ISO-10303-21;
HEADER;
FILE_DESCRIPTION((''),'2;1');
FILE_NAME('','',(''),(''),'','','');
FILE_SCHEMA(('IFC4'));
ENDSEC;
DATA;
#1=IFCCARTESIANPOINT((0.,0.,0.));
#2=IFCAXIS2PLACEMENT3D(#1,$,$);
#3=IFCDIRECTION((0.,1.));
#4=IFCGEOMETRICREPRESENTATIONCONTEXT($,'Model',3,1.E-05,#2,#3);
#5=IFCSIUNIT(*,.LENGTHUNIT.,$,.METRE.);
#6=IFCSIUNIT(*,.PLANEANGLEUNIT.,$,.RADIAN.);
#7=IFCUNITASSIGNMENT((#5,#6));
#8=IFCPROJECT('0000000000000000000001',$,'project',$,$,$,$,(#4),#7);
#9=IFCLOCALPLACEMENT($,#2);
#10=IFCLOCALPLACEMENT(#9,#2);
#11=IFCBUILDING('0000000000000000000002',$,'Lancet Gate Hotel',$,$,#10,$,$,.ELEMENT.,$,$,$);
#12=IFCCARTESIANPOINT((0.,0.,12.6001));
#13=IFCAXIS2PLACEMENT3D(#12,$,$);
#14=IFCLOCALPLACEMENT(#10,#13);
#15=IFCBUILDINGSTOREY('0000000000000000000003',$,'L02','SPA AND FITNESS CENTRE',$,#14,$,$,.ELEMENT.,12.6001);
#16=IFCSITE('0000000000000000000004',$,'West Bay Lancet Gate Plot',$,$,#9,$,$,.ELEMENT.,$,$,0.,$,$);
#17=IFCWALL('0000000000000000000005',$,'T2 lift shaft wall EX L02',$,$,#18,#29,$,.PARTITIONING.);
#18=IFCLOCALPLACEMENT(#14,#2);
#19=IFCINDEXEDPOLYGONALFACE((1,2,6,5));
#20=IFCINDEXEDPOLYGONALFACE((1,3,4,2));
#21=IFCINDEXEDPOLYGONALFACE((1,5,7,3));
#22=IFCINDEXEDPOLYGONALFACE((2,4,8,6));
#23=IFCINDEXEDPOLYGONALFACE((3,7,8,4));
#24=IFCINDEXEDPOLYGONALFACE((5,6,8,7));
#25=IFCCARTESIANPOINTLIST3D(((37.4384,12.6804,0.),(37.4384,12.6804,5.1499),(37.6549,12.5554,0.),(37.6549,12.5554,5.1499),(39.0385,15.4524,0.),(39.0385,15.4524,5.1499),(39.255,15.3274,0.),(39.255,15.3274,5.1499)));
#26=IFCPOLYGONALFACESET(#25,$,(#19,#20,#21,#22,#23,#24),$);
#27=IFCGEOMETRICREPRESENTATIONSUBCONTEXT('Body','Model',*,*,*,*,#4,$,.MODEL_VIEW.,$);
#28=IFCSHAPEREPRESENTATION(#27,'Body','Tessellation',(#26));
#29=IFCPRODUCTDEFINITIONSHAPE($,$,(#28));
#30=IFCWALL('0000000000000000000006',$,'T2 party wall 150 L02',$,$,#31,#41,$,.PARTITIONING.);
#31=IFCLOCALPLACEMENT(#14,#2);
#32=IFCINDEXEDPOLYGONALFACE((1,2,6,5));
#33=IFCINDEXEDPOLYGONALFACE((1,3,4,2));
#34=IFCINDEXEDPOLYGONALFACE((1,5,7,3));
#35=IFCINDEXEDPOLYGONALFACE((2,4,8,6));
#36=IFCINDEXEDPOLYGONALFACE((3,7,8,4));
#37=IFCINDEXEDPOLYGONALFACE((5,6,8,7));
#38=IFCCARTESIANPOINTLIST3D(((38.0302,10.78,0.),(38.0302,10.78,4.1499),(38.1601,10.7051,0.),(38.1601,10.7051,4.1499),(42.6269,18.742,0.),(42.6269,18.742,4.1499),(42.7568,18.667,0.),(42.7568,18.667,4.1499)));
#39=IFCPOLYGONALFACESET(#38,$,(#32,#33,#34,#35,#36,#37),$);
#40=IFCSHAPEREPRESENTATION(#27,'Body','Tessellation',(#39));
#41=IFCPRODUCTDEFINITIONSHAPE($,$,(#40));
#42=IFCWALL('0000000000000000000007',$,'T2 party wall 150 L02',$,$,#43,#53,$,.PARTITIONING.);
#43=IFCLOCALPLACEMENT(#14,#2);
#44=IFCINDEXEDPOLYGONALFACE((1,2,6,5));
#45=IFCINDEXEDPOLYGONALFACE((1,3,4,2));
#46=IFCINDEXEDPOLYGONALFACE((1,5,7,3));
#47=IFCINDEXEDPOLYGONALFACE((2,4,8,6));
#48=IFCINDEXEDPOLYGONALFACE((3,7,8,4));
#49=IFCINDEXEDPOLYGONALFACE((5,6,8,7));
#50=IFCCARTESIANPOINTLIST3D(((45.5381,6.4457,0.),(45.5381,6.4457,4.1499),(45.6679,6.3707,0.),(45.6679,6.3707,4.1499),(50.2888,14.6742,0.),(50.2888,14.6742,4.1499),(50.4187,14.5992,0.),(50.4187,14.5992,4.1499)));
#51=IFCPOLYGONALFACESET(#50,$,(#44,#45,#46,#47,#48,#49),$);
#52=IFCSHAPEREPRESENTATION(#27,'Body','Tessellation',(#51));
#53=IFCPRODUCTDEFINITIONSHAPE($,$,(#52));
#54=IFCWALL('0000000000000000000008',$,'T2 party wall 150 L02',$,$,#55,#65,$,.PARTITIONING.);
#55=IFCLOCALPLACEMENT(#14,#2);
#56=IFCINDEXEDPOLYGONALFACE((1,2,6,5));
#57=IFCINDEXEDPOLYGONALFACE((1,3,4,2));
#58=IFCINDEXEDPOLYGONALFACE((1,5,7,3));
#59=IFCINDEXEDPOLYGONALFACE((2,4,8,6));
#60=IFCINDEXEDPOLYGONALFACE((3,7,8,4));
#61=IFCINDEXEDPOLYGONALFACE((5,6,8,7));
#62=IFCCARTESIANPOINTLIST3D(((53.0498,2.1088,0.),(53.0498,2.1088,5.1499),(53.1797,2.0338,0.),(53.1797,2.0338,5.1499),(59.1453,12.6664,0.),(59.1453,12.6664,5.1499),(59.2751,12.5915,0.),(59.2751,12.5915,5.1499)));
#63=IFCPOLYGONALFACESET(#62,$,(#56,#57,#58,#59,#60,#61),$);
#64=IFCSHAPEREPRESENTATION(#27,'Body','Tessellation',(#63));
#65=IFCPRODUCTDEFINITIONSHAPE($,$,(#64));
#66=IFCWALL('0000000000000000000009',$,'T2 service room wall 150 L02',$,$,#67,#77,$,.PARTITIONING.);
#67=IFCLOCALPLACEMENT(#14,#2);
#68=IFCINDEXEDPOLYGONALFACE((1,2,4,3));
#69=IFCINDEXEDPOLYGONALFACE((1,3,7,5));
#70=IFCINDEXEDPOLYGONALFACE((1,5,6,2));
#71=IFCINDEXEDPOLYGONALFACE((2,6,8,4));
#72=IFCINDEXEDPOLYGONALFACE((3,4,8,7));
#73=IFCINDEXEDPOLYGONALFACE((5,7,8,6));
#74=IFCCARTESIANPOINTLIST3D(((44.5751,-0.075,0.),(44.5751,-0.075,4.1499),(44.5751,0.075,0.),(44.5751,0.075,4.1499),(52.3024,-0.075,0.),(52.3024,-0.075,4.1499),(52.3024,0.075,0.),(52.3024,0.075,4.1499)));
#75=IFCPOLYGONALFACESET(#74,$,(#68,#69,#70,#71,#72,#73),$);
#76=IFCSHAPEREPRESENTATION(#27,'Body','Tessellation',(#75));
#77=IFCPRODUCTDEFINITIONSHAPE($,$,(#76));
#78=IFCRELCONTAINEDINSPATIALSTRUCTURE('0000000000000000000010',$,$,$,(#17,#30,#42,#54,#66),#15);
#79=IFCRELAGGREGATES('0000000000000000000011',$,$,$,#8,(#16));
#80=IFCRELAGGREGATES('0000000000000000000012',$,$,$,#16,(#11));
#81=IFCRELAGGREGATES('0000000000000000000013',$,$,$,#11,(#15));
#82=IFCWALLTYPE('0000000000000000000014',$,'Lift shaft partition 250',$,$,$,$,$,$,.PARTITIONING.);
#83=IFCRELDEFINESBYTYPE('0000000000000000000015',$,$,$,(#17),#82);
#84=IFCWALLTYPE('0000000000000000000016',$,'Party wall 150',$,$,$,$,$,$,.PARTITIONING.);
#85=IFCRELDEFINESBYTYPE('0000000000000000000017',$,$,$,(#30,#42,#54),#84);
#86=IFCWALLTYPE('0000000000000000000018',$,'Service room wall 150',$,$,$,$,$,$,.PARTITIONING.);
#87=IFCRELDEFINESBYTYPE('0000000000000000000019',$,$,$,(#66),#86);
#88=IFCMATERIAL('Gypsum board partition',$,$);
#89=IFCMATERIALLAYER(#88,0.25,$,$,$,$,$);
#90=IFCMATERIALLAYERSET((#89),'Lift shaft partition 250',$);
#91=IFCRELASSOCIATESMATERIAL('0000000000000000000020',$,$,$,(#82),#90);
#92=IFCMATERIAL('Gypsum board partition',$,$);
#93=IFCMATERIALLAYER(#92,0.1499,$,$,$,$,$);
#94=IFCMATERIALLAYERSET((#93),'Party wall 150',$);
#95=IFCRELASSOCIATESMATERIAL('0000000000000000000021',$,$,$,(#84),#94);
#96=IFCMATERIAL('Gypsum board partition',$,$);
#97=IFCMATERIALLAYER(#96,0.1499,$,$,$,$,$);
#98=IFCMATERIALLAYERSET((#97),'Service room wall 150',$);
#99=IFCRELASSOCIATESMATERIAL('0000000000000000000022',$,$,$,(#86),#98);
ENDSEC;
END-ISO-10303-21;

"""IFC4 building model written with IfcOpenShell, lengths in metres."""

from ifc_helpers import new_model, si_unit, direction, frame, frame_2d, origin, place, context, subcontext, project, spatial, rectangle, extrude, material, layer, layer_set, type_object, element, save


model = new_model("IFC4")

# Units and contexts
model_context = context("Model", 3, precision=1e-05, world=origin(), true_north=direction((0.0, 1.0)))
body_context = subcontext(model_context, "Body", "Model", "MODEL_VIEW")
ifc_project = project(units=[si_unit("LENGTHUNIT", "METRE"), si_unit("PLANEANGLEUNIT", "RADIAN")], contexts=[model_context])

# Site, building, storey
site_placement = place(None, origin())
site = spatial("IfcSite", under=ifc_project, at=site_placement, Name="West Bay Lancet Gate Plot", CompositionType="ELEMENT", RefElevation=0.0)
building_placement = place(site_placement, origin())
building = spatial("IfcBuilding", under=site, at=building_placement, Name="Lancet Gate Hotel", CompositionType="ELEMENT")
storey_placement = place(building_placement, frame((0.0, 0.0, 12.6001)))
storey = spatial("IfcBuildingStorey", under=building, at=storey_placement, Name="L02", Description="SPA AND FITNESS CENTRE", CompositionType="ELEMENT", Elevation=12.6001)

# Walls
ifc_material_1 = material(Name="Gypsum board partition")
ifc_layer_1 = layer(ifc_material_1, 0.25)
ifc_layer_set_1 = layer_set([ifc_layer_1], Name="Lift shaft partition 250")
wall_type_1 = type_object("IfcWallType", Name="Lift shaft partition 250", PredefinedType="PARTITIONING", material=ifc_layer_set_1)
wall_1_placement = place(storey_placement, frame((37.5466, 12.6179, 0.0), z_axis=(0.0, 0.0, 1.0), x_axis=(0.499929, 0.866066, 0.0)))
element("IfcWall", 1, at=wall_1_placement, inside=storey, type_object=wall_type_1, Name="T2 lift shaft wall EX L02", PredefinedType="PARTITIONING", context=body_context, shape_type="SweptSolid", body=[
    extrude(rectangle(XDim=3.2007, YDim=0.25, at=frame_2d((1.6003, 0.0))), origin(), (0.0, 0.0, 1.0), 5.1499),
])
ifc_material_2 = material(Name="Gypsum board partition")
ifc_layer_2 = layer(ifc_material_2, 0.1499)
ifc_layer_set_2 = layer_set([ifc_layer_2], Name="Party wall 150")
wall_type_2 = type_object("IfcWallType", Name="Party wall 150", PredefinedType="PARTITIONING", material=ifc_layer_set_2)
wall_2_placement = place(storey_placement, frame((38.0952, 10.7427, 0.0), z_axis=(0.0, 0.0, 1.0), x_axis=(0.499989, 0.866032, 0.0)))
element("IfcWall", 2, at=wall_2_placement, inside=storey, type_object=wall_type_2, Name="T2 party wall 150 L02", PredefinedType="PARTITIONING", context=body_context, shape_type="SweptSolid", body=[
    extrude(rectangle(XDim=9.1936, YDim=0.1499, at=frame_2d((4.5967, 0.0))), origin(), (0.0, 0.0, 1.0), 4.1499),
])
wall_3_placement = place(storey_placement, frame((45.603, 6.4082, 0.0), z_axis=(0.0, 0.0, 1.0), x_axis=(0.5, 0.866026, 0.0)))
element("IfcWall", 3, at=wall_3_placement, inside=storey, type_object=wall_type_2, Name="T2 party wall 150 L02", PredefinedType="PARTITIONING", context=body_context, shape_type="SweptSolid", body=[
    extrude(rectangle(XDim=9.5015, YDim=0.1499, at=frame_2d((4.7507, 0.0))), origin(), (0.0, 0.0, 1.0), 4.1499),
])
wall_4_placement = place(storey_placement, frame((53.1147, 2.0713, 0.0), z_axis=(0.0, 0.0, 1.0), x_axis=(0.500001, 0.866025, 0.0)))
element("IfcWall", 4, at=wall_4_placement, inside=storey, type_object=wall_type_2, Name="T2 party wall 150 L02", PredefinedType="PARTITIONING", context=body_context, shape_type="SweptSolid", body=[
    extrude(rectangle(XDim=12.1909, YDim=0.1499, at=frame_2d((6.0955, 0.0))), origin(), (0.0, 0.0, 1.0), 5.1499),
])
ifc_material_3 = material(Name="Gypsum board partition")
ifc_layer_3 = layer(ifc_material_3, 0.1499)
ifc_layer_set_3 = layer_set([ifc_layer_3], Name="Service room wall 150")
wall_type_3 = type_object("IfcWallType", Name="Service room wall 150", PredefinedType="PARTITIONING", material=ifc_layer_set_3)
wall_5_placement = place(storey_placement, frame((44.575, 0.0, 0.0), z_axis=(0.0, 0.0, 1.0), x_axis=(1.0, 0.0, 0.0)))
element("IfcWall", 5, at=wall_5_placement, inside=storey, type_object=wall_type_3, Name="T2 service room wall 150 L02", PredefinedType="PARTITIONING", context=body_context, shape_type="SweptSolid", body=[
    extrude(rectangle(XDim=7.7273, YDim=0.1499, at=frame_2d((3.8638, 0.0))), origin(), (0.0, 0.0, 1.0), 4.1499),
])

save(model, "model.ifc")
